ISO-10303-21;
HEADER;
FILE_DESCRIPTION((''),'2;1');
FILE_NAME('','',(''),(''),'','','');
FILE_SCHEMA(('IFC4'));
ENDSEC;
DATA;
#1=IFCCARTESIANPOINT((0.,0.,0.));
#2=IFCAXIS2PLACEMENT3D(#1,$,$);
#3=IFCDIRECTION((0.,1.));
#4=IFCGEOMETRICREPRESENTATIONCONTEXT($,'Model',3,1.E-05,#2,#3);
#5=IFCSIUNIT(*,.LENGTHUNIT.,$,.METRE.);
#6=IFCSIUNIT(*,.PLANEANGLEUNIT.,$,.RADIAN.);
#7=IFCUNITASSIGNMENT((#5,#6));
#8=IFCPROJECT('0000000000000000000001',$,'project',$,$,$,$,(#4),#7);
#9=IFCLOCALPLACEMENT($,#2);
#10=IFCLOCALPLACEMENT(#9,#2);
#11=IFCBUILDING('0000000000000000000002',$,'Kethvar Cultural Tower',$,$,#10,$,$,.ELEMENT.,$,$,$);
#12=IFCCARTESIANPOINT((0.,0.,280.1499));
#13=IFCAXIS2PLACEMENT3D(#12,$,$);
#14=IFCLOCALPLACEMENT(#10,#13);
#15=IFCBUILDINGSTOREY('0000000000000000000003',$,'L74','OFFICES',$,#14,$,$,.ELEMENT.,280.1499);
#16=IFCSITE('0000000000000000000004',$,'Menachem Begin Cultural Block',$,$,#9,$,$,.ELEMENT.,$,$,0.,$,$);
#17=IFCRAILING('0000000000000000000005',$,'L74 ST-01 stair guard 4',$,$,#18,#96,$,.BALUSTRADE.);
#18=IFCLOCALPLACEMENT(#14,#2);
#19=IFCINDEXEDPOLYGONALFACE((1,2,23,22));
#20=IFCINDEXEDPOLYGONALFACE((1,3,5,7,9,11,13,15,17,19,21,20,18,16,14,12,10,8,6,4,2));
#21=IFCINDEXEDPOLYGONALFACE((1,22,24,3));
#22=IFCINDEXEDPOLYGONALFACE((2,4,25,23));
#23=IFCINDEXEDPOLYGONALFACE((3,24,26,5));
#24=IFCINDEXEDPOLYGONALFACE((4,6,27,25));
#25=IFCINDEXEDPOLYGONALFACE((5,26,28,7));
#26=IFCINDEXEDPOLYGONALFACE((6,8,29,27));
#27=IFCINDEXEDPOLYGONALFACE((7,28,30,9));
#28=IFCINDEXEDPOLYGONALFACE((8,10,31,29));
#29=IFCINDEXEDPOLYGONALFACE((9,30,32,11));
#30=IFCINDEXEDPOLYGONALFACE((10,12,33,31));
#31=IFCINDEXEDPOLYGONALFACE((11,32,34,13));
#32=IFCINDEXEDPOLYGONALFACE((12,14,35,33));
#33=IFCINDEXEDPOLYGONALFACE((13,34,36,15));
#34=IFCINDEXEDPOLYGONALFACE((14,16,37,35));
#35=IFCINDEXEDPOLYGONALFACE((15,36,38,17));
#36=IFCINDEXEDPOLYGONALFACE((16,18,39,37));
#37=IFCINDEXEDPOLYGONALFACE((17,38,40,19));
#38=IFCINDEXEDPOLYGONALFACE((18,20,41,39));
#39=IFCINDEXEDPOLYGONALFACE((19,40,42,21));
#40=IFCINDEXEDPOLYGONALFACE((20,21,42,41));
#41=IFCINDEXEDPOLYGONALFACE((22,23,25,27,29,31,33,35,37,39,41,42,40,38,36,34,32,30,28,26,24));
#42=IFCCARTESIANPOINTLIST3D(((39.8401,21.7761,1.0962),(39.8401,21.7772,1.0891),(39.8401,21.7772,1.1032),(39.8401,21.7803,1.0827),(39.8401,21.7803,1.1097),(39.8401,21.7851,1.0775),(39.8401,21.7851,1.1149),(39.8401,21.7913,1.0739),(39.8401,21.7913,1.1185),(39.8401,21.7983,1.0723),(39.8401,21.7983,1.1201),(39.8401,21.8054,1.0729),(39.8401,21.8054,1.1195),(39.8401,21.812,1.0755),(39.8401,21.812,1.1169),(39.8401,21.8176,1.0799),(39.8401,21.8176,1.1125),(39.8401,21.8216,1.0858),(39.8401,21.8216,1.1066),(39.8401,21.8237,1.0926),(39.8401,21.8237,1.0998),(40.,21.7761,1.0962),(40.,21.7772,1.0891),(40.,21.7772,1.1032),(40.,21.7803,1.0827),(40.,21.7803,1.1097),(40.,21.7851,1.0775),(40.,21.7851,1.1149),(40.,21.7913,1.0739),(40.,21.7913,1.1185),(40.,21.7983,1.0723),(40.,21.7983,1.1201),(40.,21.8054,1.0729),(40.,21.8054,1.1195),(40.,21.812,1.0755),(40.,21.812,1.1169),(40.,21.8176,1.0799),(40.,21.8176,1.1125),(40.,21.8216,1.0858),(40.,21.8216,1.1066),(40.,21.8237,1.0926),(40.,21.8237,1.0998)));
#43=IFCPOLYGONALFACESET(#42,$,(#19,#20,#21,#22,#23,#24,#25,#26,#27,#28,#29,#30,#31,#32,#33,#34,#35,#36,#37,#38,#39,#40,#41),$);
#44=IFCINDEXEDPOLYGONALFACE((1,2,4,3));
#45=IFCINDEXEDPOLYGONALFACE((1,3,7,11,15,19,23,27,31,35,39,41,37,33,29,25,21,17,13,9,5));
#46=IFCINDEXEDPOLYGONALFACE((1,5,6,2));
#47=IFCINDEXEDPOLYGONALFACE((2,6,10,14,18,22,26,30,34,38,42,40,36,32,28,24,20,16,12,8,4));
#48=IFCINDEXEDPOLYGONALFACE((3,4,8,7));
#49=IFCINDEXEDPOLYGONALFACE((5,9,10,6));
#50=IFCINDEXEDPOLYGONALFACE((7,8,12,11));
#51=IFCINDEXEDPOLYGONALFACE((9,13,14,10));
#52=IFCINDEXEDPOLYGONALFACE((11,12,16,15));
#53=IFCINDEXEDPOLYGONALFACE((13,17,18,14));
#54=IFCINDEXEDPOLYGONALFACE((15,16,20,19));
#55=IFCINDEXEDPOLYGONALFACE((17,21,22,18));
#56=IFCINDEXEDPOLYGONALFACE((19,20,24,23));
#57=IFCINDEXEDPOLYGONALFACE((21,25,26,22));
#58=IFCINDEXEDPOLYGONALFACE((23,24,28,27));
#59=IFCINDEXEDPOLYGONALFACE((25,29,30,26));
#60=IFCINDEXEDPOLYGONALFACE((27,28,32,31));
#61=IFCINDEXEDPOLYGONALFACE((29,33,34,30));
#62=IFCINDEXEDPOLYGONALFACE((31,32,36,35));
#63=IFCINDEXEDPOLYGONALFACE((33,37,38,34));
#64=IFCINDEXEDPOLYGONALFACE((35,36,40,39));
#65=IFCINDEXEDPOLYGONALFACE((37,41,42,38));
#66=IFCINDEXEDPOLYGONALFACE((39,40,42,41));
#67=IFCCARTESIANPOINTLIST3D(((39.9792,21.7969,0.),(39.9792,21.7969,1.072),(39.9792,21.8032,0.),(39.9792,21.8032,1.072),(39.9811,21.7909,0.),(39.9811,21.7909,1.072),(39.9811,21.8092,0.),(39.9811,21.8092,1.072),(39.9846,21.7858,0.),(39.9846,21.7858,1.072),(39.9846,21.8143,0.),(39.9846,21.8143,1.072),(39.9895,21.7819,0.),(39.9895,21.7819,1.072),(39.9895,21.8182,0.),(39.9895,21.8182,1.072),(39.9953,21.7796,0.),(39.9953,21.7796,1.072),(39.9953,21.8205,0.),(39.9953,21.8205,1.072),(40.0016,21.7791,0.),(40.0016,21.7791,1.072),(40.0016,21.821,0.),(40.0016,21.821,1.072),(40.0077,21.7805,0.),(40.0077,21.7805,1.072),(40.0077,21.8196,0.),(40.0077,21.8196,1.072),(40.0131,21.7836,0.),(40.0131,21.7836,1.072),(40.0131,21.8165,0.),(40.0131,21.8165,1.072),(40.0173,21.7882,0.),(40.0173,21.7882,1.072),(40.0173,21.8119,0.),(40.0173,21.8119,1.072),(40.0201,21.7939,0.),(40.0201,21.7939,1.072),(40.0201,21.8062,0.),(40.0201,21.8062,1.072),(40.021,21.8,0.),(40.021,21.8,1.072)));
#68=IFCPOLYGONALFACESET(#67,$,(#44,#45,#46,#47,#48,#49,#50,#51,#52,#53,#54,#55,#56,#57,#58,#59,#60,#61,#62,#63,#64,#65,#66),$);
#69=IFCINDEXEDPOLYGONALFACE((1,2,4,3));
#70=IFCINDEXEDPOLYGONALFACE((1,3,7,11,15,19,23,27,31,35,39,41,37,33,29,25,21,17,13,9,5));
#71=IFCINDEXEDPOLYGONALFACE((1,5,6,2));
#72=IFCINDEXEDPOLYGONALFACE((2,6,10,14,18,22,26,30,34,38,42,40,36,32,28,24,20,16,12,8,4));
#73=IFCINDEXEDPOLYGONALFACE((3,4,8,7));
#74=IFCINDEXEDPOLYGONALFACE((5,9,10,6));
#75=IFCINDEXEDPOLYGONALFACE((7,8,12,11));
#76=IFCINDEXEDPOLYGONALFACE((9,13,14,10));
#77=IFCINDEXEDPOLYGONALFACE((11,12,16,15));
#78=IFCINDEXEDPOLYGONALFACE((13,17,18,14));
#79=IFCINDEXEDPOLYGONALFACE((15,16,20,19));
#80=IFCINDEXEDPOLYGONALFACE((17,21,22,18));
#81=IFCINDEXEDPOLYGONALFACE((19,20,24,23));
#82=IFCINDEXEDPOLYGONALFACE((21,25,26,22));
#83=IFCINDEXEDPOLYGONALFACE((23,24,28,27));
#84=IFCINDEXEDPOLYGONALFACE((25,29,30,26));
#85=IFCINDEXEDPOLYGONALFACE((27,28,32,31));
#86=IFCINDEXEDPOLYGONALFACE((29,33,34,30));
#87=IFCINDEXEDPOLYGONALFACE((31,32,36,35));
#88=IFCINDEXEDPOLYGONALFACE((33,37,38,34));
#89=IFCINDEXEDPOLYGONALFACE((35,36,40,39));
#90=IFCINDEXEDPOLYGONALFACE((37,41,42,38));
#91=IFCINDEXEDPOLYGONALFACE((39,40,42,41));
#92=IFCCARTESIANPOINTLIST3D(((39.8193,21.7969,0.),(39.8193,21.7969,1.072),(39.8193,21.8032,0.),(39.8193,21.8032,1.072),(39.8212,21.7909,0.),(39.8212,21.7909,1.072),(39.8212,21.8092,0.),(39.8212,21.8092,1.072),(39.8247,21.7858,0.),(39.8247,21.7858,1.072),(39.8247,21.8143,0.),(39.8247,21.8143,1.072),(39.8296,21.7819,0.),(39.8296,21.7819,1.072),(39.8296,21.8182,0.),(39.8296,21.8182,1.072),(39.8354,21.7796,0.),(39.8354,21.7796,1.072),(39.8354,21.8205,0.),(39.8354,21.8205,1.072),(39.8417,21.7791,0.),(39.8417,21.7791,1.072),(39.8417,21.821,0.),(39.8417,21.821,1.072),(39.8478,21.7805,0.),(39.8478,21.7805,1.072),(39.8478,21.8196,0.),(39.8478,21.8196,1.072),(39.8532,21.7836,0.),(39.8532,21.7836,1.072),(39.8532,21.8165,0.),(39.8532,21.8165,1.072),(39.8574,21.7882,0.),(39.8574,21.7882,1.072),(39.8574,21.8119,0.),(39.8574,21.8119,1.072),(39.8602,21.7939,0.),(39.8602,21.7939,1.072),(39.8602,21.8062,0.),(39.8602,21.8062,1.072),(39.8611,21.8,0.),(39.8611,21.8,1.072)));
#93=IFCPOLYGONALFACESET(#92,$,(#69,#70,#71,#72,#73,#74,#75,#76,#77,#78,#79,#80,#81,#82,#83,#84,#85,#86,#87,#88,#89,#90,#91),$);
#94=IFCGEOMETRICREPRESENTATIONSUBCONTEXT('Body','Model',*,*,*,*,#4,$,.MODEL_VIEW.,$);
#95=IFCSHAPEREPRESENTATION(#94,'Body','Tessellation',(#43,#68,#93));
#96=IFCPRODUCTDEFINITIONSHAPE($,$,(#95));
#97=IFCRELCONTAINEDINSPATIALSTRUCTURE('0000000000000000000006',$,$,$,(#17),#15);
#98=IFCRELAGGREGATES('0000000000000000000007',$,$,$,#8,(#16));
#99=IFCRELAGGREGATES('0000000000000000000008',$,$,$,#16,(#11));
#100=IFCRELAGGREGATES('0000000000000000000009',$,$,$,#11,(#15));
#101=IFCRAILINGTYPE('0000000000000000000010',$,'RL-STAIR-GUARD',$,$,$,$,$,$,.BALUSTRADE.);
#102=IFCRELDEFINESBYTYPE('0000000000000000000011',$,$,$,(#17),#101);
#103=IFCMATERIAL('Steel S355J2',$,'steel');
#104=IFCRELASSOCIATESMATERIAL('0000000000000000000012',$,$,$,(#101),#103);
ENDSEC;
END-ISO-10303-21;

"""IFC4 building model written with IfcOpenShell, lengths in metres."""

from ifc_helpers import new_model, si_unit, direction, frame, origin, origin_2d, place, context, subcontext, project, spatial, circle, extrude, material, type_object, element, save


model = new_model("IFC4")

# Units and contexts
model_context = context("Model", 3, precision=1e-05, world=origin(), true_north=direction((0.0, 1.0)))
body_context = subcontext(model_context, "Body", "Model", "MODEL_VIEW")
ifc_project = project(units=[si_unit("LENGTHUNIT", "METRE"), si_unit("PLANEANGLEUNIT", "RADIAN")], contexts=[model_context])

# Site, building, storey
site_placement = place(None, origin())
site = spatial("IfcSite", under=ifc_project, at=site_placement, Name="Menachem Begin Cultural Block", CompositionType="ELEMENT", RefElevation=0.0)
building_placement = place(site_placement, origin())
building = spatial("IfcBuilding", under=site, at=building_placement, Name="Kethvar Cultural Tower", CompositionType="ELEMENT")
storey_placement = place(building_placement, frame((0.0, 0.0, 280.1499)))
storey = spatial("IfcBuildingStorey", under=building, at=storey_placement, Name="L74", Description="OFFICES", CompositionType="ELEMENT", Elevation=280.1499)

# Shared definitions
ifc_material_1 = material(Name="Steel S355J2", Category="steel")

# Railing
railing_type_1 = type_object("IfcRailingType", Name="RL-STAIR-GUARD", PredefinedType="BALUSTRADE", material=ifc_material_1)
railing_1_placement = place(storey_placement, frame((40.0, 21.8, 0.0)))
element("IfcRailing", 1, at=railing_1_placement, inside=storey, type_object=railing_type_1, Name="L74 ST-01 stair guard 4", PredefinedType="BALUSTRADE", context=body_context, shape_type="SweptSolid", body=[
    extrude(circle(Radius=0.0239, at=origin_2d()), frame((0.0, 0.0, 1.0962), z_axis=(-1.0, 0.0, 0.0), x_axis=(0.0, -1.0, 0.0)), (0.0, 0.0, 1.0), 0.1599),
    extrude(circle(Radius=0.021, at=origin_2d()), origin(), (0.0, 0.0, 1.0), 1.072),
    extrude(circle(Radius=0.021, at=origin_2d()), frame((-0.1599, 0.0, 0.0)), (0.0, 0.0, 1.0), 1.072),
])

save(model, "model.ifc")
